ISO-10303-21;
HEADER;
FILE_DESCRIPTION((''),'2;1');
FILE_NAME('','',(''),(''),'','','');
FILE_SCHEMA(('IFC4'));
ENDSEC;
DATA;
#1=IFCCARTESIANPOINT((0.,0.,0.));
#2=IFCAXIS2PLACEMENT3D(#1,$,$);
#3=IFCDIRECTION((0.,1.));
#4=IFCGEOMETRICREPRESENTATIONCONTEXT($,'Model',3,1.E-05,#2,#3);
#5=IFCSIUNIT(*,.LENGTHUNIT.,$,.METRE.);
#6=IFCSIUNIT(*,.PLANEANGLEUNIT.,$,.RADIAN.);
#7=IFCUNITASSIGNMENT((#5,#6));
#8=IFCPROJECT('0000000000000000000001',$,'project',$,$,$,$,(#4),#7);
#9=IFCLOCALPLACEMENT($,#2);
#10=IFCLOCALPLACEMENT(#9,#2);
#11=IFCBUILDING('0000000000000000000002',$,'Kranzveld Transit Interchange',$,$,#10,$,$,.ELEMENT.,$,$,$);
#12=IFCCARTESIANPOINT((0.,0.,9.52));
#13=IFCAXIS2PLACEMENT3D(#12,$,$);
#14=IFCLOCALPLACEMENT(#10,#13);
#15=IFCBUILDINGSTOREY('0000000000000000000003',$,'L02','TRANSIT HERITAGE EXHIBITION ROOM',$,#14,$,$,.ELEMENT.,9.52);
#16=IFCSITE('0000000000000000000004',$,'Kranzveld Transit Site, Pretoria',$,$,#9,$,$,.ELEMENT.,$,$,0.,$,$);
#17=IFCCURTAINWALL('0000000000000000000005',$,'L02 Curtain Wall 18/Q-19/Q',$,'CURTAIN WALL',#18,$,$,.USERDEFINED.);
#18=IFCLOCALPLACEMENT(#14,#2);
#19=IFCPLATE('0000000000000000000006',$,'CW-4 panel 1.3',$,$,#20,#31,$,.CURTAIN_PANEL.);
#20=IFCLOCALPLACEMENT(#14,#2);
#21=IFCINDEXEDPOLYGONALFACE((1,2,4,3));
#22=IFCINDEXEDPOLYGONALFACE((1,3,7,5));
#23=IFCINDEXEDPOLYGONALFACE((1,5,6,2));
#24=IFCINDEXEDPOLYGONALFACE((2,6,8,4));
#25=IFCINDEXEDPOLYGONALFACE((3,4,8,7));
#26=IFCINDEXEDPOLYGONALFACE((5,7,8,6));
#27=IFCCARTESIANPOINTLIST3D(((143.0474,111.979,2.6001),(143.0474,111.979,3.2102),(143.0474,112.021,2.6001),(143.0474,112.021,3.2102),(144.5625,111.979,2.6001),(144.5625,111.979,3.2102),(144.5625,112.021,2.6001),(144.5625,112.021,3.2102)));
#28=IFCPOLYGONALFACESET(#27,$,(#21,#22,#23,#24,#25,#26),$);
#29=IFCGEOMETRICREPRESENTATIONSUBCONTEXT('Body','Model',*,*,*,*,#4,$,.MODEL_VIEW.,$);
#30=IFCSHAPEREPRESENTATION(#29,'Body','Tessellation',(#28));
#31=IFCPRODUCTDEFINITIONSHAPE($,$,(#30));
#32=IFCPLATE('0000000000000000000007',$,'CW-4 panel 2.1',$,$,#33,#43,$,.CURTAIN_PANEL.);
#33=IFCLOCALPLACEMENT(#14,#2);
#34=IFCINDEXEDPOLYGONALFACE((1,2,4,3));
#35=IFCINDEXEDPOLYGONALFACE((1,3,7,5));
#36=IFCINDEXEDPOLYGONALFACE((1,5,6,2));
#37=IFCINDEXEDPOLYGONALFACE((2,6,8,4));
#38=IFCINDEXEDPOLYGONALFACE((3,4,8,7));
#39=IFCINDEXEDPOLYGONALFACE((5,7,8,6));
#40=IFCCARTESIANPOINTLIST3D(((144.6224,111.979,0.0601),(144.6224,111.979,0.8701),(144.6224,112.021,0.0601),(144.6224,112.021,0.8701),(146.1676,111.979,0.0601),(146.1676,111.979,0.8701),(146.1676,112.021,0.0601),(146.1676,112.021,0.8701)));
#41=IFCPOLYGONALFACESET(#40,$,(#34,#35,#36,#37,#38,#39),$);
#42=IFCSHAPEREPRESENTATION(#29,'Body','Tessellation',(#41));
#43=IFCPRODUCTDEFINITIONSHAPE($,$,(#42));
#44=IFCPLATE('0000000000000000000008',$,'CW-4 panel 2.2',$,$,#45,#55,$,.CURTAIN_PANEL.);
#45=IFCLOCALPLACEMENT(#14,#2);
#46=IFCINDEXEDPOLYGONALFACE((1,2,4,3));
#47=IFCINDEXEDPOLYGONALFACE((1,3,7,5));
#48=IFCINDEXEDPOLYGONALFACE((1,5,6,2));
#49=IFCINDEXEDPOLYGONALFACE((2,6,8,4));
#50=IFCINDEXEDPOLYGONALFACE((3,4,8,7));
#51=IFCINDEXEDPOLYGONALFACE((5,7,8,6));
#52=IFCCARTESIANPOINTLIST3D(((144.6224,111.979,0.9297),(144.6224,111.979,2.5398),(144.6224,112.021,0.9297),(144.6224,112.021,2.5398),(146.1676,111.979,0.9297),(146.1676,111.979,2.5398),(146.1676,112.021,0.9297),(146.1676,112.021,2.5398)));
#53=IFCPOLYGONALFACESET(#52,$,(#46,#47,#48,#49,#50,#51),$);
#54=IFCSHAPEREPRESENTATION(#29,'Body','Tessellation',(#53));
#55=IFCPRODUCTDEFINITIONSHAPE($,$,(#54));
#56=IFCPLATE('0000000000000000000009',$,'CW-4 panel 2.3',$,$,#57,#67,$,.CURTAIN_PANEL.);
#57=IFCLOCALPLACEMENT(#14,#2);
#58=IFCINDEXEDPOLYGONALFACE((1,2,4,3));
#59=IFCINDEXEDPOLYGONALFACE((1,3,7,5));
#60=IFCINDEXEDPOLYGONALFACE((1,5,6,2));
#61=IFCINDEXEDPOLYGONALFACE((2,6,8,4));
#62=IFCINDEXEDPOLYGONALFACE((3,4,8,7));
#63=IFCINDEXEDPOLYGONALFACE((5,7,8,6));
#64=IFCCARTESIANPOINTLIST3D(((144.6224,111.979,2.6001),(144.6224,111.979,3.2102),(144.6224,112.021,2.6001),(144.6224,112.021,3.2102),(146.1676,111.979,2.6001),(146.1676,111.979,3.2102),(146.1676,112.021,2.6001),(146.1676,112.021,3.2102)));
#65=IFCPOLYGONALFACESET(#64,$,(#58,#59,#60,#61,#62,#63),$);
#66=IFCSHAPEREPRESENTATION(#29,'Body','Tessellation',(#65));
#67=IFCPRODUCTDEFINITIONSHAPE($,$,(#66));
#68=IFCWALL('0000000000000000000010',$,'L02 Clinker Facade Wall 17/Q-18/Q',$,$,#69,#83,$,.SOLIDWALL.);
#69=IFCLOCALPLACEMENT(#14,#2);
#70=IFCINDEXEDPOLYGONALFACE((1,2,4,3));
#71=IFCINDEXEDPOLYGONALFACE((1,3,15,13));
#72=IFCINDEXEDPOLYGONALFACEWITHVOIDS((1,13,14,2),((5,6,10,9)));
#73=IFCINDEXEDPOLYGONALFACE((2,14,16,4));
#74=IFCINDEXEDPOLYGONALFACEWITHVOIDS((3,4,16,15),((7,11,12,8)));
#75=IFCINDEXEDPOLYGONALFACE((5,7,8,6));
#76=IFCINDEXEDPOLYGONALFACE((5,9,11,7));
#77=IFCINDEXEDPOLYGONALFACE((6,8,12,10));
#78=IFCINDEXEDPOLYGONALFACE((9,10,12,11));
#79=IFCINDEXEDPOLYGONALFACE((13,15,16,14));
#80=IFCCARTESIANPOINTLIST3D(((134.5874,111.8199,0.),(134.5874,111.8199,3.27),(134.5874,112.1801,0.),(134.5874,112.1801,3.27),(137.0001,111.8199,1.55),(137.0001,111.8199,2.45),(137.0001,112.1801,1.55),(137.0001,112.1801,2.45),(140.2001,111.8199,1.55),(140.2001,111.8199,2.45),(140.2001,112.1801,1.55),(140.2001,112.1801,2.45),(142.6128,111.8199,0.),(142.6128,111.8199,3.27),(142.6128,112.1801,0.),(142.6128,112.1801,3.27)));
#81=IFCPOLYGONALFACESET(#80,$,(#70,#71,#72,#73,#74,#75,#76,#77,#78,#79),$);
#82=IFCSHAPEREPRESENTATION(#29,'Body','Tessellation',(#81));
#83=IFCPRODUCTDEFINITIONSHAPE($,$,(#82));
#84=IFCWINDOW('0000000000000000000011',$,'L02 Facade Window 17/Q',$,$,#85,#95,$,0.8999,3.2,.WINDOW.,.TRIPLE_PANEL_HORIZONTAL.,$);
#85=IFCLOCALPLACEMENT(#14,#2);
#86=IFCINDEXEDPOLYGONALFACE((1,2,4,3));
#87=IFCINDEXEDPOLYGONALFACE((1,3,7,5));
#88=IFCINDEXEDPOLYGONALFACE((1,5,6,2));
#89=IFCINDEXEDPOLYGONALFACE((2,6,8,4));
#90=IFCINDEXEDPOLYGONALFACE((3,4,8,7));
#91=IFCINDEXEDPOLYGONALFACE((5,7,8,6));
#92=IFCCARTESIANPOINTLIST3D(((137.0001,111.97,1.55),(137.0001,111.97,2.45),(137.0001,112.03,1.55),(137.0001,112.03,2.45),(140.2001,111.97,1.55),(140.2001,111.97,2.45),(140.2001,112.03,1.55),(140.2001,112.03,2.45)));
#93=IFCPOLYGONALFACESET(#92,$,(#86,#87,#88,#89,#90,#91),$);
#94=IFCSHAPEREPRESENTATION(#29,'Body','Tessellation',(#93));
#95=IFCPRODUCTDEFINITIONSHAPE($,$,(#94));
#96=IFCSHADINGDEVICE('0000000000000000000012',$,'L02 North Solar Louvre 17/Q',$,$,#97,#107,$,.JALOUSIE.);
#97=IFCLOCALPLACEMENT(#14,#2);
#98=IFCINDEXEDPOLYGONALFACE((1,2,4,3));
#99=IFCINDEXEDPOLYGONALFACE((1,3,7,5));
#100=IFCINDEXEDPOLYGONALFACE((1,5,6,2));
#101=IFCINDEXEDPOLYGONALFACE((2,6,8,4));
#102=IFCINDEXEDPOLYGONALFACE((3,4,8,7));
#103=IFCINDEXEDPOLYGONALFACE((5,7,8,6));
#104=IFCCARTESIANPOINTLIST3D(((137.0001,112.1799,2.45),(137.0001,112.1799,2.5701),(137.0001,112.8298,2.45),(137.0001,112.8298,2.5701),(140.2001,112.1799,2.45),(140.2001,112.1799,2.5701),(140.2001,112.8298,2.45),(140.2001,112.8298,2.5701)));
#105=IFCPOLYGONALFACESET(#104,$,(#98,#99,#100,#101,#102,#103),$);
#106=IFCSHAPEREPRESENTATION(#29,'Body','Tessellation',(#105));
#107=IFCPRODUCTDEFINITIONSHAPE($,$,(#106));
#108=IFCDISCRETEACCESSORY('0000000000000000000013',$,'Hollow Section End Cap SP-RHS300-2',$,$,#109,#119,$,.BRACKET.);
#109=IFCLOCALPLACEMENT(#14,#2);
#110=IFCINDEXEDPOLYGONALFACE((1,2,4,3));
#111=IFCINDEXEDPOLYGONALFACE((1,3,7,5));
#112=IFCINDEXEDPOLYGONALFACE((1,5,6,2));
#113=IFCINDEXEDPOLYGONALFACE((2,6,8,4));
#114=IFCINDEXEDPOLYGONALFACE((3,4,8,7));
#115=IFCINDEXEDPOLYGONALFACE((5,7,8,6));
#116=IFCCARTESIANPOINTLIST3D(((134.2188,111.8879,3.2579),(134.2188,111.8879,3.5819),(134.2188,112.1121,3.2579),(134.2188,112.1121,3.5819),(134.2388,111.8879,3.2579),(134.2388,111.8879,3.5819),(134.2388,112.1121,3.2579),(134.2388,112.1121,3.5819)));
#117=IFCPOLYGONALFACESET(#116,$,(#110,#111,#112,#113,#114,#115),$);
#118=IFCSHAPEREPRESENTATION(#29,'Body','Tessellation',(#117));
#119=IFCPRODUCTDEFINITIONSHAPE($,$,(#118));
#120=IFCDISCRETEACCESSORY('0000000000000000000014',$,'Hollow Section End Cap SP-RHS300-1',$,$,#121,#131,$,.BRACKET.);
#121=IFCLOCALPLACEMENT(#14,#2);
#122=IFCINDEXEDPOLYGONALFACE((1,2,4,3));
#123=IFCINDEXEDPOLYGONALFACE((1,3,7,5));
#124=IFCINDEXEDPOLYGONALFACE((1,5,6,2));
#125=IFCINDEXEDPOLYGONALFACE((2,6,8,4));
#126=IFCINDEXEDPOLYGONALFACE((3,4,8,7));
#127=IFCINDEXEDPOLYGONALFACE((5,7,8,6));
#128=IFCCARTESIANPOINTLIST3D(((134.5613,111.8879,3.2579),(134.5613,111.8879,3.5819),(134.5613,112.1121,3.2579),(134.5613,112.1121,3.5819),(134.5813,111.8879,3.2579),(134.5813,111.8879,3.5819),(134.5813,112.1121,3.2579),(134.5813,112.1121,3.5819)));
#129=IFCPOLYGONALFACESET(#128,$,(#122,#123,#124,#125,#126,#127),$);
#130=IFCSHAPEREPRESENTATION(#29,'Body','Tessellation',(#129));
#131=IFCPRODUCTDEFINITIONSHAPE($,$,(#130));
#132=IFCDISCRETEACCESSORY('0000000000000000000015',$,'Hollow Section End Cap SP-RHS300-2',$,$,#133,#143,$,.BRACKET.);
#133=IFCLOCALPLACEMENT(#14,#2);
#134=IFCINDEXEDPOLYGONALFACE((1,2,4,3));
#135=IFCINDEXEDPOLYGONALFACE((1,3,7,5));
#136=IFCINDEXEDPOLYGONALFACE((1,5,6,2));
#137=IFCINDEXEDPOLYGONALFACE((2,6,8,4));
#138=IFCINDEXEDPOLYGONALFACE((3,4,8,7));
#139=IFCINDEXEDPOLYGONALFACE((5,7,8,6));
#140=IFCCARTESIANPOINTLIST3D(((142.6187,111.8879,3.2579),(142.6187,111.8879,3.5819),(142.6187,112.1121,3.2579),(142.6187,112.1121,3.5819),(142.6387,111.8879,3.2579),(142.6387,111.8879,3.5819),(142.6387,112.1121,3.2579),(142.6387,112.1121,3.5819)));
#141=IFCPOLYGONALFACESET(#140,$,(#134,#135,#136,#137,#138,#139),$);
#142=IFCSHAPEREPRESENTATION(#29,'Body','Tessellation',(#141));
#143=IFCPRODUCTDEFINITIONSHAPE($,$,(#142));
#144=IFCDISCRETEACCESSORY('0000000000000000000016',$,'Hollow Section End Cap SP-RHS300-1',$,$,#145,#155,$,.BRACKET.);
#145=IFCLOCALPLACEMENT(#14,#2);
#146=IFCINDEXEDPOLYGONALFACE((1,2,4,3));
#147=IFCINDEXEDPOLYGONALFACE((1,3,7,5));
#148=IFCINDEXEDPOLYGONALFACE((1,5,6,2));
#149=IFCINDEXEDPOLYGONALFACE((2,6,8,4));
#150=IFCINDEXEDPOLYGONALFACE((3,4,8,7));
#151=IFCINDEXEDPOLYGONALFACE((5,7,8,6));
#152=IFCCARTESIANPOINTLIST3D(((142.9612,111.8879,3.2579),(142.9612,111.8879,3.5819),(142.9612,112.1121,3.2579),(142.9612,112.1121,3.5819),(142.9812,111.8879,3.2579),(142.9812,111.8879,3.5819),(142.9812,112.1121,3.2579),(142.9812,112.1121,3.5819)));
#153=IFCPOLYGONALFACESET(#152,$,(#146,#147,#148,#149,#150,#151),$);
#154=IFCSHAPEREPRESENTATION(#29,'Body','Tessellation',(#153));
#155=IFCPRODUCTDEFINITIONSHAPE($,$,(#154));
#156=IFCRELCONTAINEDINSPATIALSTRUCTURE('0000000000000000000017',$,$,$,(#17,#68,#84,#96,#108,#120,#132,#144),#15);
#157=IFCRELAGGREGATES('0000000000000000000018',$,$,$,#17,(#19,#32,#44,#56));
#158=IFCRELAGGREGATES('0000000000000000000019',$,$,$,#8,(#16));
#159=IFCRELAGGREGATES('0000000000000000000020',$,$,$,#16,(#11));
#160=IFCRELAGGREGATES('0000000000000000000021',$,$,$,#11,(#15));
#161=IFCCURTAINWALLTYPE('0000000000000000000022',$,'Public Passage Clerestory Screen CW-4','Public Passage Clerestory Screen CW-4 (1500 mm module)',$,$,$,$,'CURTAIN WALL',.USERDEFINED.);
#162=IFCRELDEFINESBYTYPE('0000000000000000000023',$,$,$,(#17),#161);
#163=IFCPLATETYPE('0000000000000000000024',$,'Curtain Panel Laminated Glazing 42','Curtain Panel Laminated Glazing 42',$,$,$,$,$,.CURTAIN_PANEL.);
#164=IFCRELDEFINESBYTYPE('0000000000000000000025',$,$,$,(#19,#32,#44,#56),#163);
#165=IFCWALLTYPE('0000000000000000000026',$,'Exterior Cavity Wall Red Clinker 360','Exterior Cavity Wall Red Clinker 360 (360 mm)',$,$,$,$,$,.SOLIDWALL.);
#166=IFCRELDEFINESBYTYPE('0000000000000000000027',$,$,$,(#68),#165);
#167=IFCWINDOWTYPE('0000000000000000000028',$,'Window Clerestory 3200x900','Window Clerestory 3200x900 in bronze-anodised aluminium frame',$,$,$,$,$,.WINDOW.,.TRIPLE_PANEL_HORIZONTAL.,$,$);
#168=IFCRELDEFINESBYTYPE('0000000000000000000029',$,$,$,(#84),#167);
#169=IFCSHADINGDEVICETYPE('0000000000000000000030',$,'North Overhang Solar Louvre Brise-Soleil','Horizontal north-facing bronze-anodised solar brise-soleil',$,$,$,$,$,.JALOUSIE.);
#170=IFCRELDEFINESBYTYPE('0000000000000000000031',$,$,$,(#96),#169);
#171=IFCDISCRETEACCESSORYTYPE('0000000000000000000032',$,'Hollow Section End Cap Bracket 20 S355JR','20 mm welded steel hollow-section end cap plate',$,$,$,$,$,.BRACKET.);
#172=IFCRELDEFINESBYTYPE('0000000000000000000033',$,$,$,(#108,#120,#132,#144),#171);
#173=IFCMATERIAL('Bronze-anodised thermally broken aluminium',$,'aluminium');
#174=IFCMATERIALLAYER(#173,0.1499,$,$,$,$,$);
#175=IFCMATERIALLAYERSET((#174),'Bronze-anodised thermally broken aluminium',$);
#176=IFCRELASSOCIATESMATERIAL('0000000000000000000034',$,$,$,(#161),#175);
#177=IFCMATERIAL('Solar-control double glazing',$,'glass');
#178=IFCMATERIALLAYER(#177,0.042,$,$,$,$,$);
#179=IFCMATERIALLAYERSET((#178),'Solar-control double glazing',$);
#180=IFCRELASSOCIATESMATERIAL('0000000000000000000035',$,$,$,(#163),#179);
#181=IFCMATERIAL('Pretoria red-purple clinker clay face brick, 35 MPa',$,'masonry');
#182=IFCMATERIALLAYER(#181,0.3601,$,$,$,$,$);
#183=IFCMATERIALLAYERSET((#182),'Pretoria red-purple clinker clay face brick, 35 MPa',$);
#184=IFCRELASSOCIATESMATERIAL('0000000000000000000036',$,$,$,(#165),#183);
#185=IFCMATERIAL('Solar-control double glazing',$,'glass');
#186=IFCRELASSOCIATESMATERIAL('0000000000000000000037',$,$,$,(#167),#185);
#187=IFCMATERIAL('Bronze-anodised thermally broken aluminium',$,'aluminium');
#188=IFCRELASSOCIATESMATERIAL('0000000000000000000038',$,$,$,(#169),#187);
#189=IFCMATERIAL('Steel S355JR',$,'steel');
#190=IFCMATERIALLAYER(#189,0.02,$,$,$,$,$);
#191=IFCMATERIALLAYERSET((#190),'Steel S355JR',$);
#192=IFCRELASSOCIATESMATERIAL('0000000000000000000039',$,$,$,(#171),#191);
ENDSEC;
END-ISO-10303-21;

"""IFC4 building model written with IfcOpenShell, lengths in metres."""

from ifc_helpers import new_model, si_unit, direction, frame, frame_2d, origin, origin_2d, place, context, subcontext, project, spatial, rectangle, extrude, material, layer, layer_set, type_object, element, fill, aggregate, save


model = new_model("IFC4")

# Units and contexts
model_context = context("Model", 3, precision=1e-05, world=origin(), true_north=direction((0.0, 1.0)))
body_context = subcontext(model_context, "Body", "Model", "MODEL_VIEW")
ifc_project = project(units=[si_unit("LENGTHUNIT", "METRE"), si_unit("PLANEANGLEUNIT", "RADIAN")], contexts=[model_context])

# Site, building, storey
site_placement = place(None, origin())
site = spatial("IfcSite", under=ifc_project, at=site_placement, Name="Kranzveld Transit Site, Pretoria", CompositionType="ELEMENT", RefElevation=0.0)
building_placement = place(site_placement, origin())
building = spatial("IfcBuilding", under=site, at=building_placement, Name="Kranzveld Transit Interchange", CompositionType="ELEMENT")
storey_placement = place(building_placement, frame((0.0, 0.0, 9.52)))
storey = spatial("IfcBuildingStorey", under=building, at=storey_placement, Name="L02", Description="TRANSIT HERITAGE EXHIBITION ROOM", CompositionType="ELEMENT", Elevation=9.52)

# Curtain wall
ifc_material_1 = material(Name="Bronze-anodised thermally broken aluminium", Category="aluminium")
ifc_layer_1 = layer(ifc_material_1, 0.1499)
ifc_layer_set_1 = layer_set([ifc_layer_1], Name="Bronze-anodised thermally broken aluminium")
curtain_wall_type_1 = type_object("IfcCurtainWallType", Name="Public Passage Clerestory Screen CW-4", Description="Public Passage Clerestory Screen CW-4 (1500 mm module)", ElementType="CURTAIN WALL", PredefinedType="USERDEFINED", material=ifc_layer_set_1)
curtain_wall_1_placement = place(storey_placement, origin())
curtain_wall_1 = element("IfcCurtainWall", 1, at=curtain_wall_1_placement, inside=storey, type_object=curtain_wall_type_1, Name="L02 Curtain Wall 18/Q-19/Q", ObjectType="CURTAIN WALL", PredefinedType="USERDEFINED")

# Plates
ifc_material_2 = material(Name="Solar-control double glazing", Category="glass")
ifc_layer_2 = layer(ifc_material_2, 0.042)
ifc_layer_set_2 = layer_set([ifc_layer_2], Name="Solar-control double glazing")
plate_type_1 = type_object("IfcPlateType", Name="Curtain Panel Laminated Glazing 42", Description="Curtain Panel Laminated Glazing 42", PredefinedType="CURTAIN_PANEL", material=ifc_layer_set_2)
plate_1_placement = place(storey_placement, frame((143.8049, 112.0, 2.6001), z_axis=(0.0, 0.0, 1.0), x_axis=(1.0, 0.0, 0.0)))
plate_1 = element("IfcPlate", 2, at=plate_1_placement, type_object=plate_type_1, Name="CW-4 panel 1.3", PredefinedType="CURTAIN_PANEL", context=body_context, shape_type="SweptSolid", body=[
    extrude(rectangle(XDim=1.5151, YDim=0.042, at=origin_2d()), origin(), (0.0, 0.0, 1.0), 0.6101),
])
plate_2_placement = place(storey_placement, frame((145.395, 112.0, 0.0601), z_axis=(0.0, 0.0, 1.0), x_axis=(1.0, 0.0, 0.0)))
plate_2 = element("IfcPlate", 3, at=plate_2_placement, type_object=plate_type_1, Name="CW-4 panel 2.1", PredefinedType="CURTAIN_PANEL", context=body_context, shape_type="SweptSolid", body=[
    extrude(rectangle(XDim=1.5452, YDim=0.042, at=origin_2d()), origin(), (0.0, 0.0, 1.0), 0.8101),
])
plate_3_placement = place(storey_placement, frame((145.395, 112.0, 0.9297), z_axis=(0.0, 0.0, 1.0), x_axis=(1.0, 0.0, 0.0)))
plate_3 = element("IfcPlate", 4, at=plate_3_placement, type_object=plate_type_1, Name="CW-4 panel 2.2", PredefinedType="CURTAIN_PANEL", context=body_context, shape_type="SweptSolid", body=[
    extrude(rectangle(XDim=1.5452, YDim=0.042, at=origin_2d()), origin(), (0.0, 0.0, 1.0), 1.6101),
])
plate_4_placement = place(storey_placement, frame((145.395, 112.0, 2.6001), z_axis=(0.0, 0.0, 1.0), x_axis=(1.0, 0.0, 0.0)))
plate_4 = element("IfcPlate", 5, at=plate_4_placement, type_object=plate_type_1, Name="CW-4 panel 2.3", PredefinedType="CURTAIN_PANEL", context=body_context, shape_type="SweptSolid", body=[
    extrude(rectangle(XDim=1.5452, YDim=0.042, at=origin_2d()), origin(), (0.0, 0.0, 1.0), 0.6101),
])
aggregate(curtain_wall_1, [plate_1, plate_2, plate_3, plate_4])

# Wall, opening, window
ifc_material_3 = material(Name="Pretoria red-purple clinker clay face brick, 35 MPa", Category="masonry")
ifc_layer_3 = layer(ifc_material_3, 0.3601)
ifc_layer_set_3 = layer_set([ifc_layer_3], Name="Pretoria red-purple clinker clay face brick, 35 MPa")
wall_type = type_object("IfcWallType", Name="Exterior Cavity Wall Red Clinker 360", Description="Exterior Cavity Wall Red Clinker 360 (360 mm)", PredefinedType="SOLIDWALL", material=ifc_layer_set_3)
wall_placement = place(storey_placement, frame((134.5874, 112.0, 0.0), z_axis=(0.0, 0.0, 1.0), x_axis=(1.0, 0.0, 0.0)))
wall = element("IfcWall", 6, at=wall_placement, inside=storey, type_object=wall_type, Name="L02 Clinker Facade Wall 17/Q-18/Q", PredefinedType="SOLIDWALL", context=body_context, shape_type="SweptSolid", body=[
    extrude(rectangle(XDim=8.0254, YDim=0.3601, at=frame_2d((4.0127, 0.0))), origin(), (0.0, 0.0, 1.0), 3.27),
])
opening_placement = place(wall_placement, frame((2.4126, 0.0, 1.55), z_axis=(0.0, 0.0, 1.0), x_axis=(1.0, 0.0, 0.0)))
opening = element("IfcOpeningElement", 7, at=opening_placement, cuts=wall, PredefinedType="OPENING", context=body_context, shape_type="SweptSolid", body=[
    extrude(rectangle(XDim=3.2, YDim=0.8999, at=frame_2d((1.6001, 0.45))), frame((0.0, 0.1899, 0.0), z_axis=(0.0, -1.0, 0.0), x_axis=(1.0, 0.0, 0.0)), (0.0, 0.0, 1.0), 0.3801),
])
ifc_material_4 = material(Name="Solar-control double glazing", Category="glass")
window_type = type_object("IfcWindowType", Name="Window Clerestory 3200x900", Description="Window Clerestory 3200x900 in bronze-anodised aluminium frame", PartitioningType="TRIPLE_PANEL_HORIZONTAL", PredefinedType="WINDOW", material=ifc_material_4)
window_placement = place(opening_placement, origin())
window = element("IfcWindow", 8, at=window_placement, inside=storey, type_object=window_type, Name="L02 Facade Window 17/Q", OverallHeight=0.8999, OverallWidth=3.2, PartitioningType="TRIPLE_PANEL_HORIZONTAL", PredefinedType="WINDOW", context=body_context, shape_type="SweptSolid", body=[
    extrude(rectangle(XDim=3.2, YDim=0.8999, at=frame_2d((1.6001, 0.45))), frame((0.0, 0.03, 0.0), z_axis=(0.0, -1.0, 0.0), x_axis=(1.0, 0.0, 0.0)), (0.0, 0.0, 1.0), 0.0601),
])
fill(opening, window)

# Shading device
ifc_material_5 = material(Name="Bronze-anodised thermally broken aluminium", Category="aluminium")
shading_device_type = type_object("IfcShadingDeviceType", Name="North Overhang Solar Louvre Brise-Soleil", Description="Horizontal north-facing bronze-anodised solar brise-soleil", PredefinedType="JALOUSIE", material=ifc_material_5)
shading_device_placement = place(storey_placement, frame((138.6001, 112.5049, 2.45), z_axis=(0.0, 0.0, 1.0), x_axis=(1.0, 0.0, 0.0)))
element("IfcShadingDevice", 9, at=shading_device_placement, inside=storey, type_object=shading_device_type, Name="L02 North Solar Louvre 17/Q", PredefinedType="JALOUSIE", context=body_context, shape_type="SweptSolid", body=[
    extrude(rectangle(XDim=3.2, YDim=0.6499, at=origin_2d()), origin(), (0.0, 0.0, 1.0), 0.1201),
])

# Discrete accessories
ifc_material_6 = material(Name="Steel S355JR", Category="steel")
ifc_layer_4 = layer(ifc_material_6, 0.02)
ifc_layer_set_4 = layer_set([ifc_layer_4], Name="Steel S355JR")
discrete_accessory_type = type_object("IfcDiscreteAccessoryType", Name="Hollow Section End Cap Bracket 20 S355JR", Description="20 mm welded steel hollow-section end cap plate", PredefinedType="BRACKET", material=ifc_layer_set_4)
for number, where, z_axis, x_axis, name in (
    (10, (134.2188, 112.0, 3.4199), (1.0, 0.0, 0.0), (0.0, 1.0, 0.0), "Hollow Section End Cap SP-RHS300-2"),
    (11, (134.5813, 112.0, 3.4199), (-1.0, 0.0, 0.0), (0.0, -1.0, 0.0), "Hollow Section End Cap SP-RHS300-1"),
    (12, (142.6187, 112.0, 3.4199), (1.0, 0.0, 0.0), (0.0, 1.0, 0.0), "Hollow Section End Cap SP-RHS300-2"),
    (13, (142.9812, 112.0, 3.4199), (-1.0, 0.0, 0.0), (0.0, -1.0, 0.0), "Hollow Section End Cap SP-RHS300-1"),
):
    element("IfcDiscreteAccessory", number, at=place(storey_placement, frame(where, z_axis=z_axis, x_axis=x_axis)), inside=storey, type_object=discrete_accessory_type, Name=name, PredefinedType="BRACKET", context=body_context, shape_type="SweptSolid", body=[
        extrude(rectangle(XDim=0.2241, YDim=0.324, at=origin_2d()), origin(), (0.0, 0.0, 1.0), 0.02),
    ])

save(model, "model.ifc")
